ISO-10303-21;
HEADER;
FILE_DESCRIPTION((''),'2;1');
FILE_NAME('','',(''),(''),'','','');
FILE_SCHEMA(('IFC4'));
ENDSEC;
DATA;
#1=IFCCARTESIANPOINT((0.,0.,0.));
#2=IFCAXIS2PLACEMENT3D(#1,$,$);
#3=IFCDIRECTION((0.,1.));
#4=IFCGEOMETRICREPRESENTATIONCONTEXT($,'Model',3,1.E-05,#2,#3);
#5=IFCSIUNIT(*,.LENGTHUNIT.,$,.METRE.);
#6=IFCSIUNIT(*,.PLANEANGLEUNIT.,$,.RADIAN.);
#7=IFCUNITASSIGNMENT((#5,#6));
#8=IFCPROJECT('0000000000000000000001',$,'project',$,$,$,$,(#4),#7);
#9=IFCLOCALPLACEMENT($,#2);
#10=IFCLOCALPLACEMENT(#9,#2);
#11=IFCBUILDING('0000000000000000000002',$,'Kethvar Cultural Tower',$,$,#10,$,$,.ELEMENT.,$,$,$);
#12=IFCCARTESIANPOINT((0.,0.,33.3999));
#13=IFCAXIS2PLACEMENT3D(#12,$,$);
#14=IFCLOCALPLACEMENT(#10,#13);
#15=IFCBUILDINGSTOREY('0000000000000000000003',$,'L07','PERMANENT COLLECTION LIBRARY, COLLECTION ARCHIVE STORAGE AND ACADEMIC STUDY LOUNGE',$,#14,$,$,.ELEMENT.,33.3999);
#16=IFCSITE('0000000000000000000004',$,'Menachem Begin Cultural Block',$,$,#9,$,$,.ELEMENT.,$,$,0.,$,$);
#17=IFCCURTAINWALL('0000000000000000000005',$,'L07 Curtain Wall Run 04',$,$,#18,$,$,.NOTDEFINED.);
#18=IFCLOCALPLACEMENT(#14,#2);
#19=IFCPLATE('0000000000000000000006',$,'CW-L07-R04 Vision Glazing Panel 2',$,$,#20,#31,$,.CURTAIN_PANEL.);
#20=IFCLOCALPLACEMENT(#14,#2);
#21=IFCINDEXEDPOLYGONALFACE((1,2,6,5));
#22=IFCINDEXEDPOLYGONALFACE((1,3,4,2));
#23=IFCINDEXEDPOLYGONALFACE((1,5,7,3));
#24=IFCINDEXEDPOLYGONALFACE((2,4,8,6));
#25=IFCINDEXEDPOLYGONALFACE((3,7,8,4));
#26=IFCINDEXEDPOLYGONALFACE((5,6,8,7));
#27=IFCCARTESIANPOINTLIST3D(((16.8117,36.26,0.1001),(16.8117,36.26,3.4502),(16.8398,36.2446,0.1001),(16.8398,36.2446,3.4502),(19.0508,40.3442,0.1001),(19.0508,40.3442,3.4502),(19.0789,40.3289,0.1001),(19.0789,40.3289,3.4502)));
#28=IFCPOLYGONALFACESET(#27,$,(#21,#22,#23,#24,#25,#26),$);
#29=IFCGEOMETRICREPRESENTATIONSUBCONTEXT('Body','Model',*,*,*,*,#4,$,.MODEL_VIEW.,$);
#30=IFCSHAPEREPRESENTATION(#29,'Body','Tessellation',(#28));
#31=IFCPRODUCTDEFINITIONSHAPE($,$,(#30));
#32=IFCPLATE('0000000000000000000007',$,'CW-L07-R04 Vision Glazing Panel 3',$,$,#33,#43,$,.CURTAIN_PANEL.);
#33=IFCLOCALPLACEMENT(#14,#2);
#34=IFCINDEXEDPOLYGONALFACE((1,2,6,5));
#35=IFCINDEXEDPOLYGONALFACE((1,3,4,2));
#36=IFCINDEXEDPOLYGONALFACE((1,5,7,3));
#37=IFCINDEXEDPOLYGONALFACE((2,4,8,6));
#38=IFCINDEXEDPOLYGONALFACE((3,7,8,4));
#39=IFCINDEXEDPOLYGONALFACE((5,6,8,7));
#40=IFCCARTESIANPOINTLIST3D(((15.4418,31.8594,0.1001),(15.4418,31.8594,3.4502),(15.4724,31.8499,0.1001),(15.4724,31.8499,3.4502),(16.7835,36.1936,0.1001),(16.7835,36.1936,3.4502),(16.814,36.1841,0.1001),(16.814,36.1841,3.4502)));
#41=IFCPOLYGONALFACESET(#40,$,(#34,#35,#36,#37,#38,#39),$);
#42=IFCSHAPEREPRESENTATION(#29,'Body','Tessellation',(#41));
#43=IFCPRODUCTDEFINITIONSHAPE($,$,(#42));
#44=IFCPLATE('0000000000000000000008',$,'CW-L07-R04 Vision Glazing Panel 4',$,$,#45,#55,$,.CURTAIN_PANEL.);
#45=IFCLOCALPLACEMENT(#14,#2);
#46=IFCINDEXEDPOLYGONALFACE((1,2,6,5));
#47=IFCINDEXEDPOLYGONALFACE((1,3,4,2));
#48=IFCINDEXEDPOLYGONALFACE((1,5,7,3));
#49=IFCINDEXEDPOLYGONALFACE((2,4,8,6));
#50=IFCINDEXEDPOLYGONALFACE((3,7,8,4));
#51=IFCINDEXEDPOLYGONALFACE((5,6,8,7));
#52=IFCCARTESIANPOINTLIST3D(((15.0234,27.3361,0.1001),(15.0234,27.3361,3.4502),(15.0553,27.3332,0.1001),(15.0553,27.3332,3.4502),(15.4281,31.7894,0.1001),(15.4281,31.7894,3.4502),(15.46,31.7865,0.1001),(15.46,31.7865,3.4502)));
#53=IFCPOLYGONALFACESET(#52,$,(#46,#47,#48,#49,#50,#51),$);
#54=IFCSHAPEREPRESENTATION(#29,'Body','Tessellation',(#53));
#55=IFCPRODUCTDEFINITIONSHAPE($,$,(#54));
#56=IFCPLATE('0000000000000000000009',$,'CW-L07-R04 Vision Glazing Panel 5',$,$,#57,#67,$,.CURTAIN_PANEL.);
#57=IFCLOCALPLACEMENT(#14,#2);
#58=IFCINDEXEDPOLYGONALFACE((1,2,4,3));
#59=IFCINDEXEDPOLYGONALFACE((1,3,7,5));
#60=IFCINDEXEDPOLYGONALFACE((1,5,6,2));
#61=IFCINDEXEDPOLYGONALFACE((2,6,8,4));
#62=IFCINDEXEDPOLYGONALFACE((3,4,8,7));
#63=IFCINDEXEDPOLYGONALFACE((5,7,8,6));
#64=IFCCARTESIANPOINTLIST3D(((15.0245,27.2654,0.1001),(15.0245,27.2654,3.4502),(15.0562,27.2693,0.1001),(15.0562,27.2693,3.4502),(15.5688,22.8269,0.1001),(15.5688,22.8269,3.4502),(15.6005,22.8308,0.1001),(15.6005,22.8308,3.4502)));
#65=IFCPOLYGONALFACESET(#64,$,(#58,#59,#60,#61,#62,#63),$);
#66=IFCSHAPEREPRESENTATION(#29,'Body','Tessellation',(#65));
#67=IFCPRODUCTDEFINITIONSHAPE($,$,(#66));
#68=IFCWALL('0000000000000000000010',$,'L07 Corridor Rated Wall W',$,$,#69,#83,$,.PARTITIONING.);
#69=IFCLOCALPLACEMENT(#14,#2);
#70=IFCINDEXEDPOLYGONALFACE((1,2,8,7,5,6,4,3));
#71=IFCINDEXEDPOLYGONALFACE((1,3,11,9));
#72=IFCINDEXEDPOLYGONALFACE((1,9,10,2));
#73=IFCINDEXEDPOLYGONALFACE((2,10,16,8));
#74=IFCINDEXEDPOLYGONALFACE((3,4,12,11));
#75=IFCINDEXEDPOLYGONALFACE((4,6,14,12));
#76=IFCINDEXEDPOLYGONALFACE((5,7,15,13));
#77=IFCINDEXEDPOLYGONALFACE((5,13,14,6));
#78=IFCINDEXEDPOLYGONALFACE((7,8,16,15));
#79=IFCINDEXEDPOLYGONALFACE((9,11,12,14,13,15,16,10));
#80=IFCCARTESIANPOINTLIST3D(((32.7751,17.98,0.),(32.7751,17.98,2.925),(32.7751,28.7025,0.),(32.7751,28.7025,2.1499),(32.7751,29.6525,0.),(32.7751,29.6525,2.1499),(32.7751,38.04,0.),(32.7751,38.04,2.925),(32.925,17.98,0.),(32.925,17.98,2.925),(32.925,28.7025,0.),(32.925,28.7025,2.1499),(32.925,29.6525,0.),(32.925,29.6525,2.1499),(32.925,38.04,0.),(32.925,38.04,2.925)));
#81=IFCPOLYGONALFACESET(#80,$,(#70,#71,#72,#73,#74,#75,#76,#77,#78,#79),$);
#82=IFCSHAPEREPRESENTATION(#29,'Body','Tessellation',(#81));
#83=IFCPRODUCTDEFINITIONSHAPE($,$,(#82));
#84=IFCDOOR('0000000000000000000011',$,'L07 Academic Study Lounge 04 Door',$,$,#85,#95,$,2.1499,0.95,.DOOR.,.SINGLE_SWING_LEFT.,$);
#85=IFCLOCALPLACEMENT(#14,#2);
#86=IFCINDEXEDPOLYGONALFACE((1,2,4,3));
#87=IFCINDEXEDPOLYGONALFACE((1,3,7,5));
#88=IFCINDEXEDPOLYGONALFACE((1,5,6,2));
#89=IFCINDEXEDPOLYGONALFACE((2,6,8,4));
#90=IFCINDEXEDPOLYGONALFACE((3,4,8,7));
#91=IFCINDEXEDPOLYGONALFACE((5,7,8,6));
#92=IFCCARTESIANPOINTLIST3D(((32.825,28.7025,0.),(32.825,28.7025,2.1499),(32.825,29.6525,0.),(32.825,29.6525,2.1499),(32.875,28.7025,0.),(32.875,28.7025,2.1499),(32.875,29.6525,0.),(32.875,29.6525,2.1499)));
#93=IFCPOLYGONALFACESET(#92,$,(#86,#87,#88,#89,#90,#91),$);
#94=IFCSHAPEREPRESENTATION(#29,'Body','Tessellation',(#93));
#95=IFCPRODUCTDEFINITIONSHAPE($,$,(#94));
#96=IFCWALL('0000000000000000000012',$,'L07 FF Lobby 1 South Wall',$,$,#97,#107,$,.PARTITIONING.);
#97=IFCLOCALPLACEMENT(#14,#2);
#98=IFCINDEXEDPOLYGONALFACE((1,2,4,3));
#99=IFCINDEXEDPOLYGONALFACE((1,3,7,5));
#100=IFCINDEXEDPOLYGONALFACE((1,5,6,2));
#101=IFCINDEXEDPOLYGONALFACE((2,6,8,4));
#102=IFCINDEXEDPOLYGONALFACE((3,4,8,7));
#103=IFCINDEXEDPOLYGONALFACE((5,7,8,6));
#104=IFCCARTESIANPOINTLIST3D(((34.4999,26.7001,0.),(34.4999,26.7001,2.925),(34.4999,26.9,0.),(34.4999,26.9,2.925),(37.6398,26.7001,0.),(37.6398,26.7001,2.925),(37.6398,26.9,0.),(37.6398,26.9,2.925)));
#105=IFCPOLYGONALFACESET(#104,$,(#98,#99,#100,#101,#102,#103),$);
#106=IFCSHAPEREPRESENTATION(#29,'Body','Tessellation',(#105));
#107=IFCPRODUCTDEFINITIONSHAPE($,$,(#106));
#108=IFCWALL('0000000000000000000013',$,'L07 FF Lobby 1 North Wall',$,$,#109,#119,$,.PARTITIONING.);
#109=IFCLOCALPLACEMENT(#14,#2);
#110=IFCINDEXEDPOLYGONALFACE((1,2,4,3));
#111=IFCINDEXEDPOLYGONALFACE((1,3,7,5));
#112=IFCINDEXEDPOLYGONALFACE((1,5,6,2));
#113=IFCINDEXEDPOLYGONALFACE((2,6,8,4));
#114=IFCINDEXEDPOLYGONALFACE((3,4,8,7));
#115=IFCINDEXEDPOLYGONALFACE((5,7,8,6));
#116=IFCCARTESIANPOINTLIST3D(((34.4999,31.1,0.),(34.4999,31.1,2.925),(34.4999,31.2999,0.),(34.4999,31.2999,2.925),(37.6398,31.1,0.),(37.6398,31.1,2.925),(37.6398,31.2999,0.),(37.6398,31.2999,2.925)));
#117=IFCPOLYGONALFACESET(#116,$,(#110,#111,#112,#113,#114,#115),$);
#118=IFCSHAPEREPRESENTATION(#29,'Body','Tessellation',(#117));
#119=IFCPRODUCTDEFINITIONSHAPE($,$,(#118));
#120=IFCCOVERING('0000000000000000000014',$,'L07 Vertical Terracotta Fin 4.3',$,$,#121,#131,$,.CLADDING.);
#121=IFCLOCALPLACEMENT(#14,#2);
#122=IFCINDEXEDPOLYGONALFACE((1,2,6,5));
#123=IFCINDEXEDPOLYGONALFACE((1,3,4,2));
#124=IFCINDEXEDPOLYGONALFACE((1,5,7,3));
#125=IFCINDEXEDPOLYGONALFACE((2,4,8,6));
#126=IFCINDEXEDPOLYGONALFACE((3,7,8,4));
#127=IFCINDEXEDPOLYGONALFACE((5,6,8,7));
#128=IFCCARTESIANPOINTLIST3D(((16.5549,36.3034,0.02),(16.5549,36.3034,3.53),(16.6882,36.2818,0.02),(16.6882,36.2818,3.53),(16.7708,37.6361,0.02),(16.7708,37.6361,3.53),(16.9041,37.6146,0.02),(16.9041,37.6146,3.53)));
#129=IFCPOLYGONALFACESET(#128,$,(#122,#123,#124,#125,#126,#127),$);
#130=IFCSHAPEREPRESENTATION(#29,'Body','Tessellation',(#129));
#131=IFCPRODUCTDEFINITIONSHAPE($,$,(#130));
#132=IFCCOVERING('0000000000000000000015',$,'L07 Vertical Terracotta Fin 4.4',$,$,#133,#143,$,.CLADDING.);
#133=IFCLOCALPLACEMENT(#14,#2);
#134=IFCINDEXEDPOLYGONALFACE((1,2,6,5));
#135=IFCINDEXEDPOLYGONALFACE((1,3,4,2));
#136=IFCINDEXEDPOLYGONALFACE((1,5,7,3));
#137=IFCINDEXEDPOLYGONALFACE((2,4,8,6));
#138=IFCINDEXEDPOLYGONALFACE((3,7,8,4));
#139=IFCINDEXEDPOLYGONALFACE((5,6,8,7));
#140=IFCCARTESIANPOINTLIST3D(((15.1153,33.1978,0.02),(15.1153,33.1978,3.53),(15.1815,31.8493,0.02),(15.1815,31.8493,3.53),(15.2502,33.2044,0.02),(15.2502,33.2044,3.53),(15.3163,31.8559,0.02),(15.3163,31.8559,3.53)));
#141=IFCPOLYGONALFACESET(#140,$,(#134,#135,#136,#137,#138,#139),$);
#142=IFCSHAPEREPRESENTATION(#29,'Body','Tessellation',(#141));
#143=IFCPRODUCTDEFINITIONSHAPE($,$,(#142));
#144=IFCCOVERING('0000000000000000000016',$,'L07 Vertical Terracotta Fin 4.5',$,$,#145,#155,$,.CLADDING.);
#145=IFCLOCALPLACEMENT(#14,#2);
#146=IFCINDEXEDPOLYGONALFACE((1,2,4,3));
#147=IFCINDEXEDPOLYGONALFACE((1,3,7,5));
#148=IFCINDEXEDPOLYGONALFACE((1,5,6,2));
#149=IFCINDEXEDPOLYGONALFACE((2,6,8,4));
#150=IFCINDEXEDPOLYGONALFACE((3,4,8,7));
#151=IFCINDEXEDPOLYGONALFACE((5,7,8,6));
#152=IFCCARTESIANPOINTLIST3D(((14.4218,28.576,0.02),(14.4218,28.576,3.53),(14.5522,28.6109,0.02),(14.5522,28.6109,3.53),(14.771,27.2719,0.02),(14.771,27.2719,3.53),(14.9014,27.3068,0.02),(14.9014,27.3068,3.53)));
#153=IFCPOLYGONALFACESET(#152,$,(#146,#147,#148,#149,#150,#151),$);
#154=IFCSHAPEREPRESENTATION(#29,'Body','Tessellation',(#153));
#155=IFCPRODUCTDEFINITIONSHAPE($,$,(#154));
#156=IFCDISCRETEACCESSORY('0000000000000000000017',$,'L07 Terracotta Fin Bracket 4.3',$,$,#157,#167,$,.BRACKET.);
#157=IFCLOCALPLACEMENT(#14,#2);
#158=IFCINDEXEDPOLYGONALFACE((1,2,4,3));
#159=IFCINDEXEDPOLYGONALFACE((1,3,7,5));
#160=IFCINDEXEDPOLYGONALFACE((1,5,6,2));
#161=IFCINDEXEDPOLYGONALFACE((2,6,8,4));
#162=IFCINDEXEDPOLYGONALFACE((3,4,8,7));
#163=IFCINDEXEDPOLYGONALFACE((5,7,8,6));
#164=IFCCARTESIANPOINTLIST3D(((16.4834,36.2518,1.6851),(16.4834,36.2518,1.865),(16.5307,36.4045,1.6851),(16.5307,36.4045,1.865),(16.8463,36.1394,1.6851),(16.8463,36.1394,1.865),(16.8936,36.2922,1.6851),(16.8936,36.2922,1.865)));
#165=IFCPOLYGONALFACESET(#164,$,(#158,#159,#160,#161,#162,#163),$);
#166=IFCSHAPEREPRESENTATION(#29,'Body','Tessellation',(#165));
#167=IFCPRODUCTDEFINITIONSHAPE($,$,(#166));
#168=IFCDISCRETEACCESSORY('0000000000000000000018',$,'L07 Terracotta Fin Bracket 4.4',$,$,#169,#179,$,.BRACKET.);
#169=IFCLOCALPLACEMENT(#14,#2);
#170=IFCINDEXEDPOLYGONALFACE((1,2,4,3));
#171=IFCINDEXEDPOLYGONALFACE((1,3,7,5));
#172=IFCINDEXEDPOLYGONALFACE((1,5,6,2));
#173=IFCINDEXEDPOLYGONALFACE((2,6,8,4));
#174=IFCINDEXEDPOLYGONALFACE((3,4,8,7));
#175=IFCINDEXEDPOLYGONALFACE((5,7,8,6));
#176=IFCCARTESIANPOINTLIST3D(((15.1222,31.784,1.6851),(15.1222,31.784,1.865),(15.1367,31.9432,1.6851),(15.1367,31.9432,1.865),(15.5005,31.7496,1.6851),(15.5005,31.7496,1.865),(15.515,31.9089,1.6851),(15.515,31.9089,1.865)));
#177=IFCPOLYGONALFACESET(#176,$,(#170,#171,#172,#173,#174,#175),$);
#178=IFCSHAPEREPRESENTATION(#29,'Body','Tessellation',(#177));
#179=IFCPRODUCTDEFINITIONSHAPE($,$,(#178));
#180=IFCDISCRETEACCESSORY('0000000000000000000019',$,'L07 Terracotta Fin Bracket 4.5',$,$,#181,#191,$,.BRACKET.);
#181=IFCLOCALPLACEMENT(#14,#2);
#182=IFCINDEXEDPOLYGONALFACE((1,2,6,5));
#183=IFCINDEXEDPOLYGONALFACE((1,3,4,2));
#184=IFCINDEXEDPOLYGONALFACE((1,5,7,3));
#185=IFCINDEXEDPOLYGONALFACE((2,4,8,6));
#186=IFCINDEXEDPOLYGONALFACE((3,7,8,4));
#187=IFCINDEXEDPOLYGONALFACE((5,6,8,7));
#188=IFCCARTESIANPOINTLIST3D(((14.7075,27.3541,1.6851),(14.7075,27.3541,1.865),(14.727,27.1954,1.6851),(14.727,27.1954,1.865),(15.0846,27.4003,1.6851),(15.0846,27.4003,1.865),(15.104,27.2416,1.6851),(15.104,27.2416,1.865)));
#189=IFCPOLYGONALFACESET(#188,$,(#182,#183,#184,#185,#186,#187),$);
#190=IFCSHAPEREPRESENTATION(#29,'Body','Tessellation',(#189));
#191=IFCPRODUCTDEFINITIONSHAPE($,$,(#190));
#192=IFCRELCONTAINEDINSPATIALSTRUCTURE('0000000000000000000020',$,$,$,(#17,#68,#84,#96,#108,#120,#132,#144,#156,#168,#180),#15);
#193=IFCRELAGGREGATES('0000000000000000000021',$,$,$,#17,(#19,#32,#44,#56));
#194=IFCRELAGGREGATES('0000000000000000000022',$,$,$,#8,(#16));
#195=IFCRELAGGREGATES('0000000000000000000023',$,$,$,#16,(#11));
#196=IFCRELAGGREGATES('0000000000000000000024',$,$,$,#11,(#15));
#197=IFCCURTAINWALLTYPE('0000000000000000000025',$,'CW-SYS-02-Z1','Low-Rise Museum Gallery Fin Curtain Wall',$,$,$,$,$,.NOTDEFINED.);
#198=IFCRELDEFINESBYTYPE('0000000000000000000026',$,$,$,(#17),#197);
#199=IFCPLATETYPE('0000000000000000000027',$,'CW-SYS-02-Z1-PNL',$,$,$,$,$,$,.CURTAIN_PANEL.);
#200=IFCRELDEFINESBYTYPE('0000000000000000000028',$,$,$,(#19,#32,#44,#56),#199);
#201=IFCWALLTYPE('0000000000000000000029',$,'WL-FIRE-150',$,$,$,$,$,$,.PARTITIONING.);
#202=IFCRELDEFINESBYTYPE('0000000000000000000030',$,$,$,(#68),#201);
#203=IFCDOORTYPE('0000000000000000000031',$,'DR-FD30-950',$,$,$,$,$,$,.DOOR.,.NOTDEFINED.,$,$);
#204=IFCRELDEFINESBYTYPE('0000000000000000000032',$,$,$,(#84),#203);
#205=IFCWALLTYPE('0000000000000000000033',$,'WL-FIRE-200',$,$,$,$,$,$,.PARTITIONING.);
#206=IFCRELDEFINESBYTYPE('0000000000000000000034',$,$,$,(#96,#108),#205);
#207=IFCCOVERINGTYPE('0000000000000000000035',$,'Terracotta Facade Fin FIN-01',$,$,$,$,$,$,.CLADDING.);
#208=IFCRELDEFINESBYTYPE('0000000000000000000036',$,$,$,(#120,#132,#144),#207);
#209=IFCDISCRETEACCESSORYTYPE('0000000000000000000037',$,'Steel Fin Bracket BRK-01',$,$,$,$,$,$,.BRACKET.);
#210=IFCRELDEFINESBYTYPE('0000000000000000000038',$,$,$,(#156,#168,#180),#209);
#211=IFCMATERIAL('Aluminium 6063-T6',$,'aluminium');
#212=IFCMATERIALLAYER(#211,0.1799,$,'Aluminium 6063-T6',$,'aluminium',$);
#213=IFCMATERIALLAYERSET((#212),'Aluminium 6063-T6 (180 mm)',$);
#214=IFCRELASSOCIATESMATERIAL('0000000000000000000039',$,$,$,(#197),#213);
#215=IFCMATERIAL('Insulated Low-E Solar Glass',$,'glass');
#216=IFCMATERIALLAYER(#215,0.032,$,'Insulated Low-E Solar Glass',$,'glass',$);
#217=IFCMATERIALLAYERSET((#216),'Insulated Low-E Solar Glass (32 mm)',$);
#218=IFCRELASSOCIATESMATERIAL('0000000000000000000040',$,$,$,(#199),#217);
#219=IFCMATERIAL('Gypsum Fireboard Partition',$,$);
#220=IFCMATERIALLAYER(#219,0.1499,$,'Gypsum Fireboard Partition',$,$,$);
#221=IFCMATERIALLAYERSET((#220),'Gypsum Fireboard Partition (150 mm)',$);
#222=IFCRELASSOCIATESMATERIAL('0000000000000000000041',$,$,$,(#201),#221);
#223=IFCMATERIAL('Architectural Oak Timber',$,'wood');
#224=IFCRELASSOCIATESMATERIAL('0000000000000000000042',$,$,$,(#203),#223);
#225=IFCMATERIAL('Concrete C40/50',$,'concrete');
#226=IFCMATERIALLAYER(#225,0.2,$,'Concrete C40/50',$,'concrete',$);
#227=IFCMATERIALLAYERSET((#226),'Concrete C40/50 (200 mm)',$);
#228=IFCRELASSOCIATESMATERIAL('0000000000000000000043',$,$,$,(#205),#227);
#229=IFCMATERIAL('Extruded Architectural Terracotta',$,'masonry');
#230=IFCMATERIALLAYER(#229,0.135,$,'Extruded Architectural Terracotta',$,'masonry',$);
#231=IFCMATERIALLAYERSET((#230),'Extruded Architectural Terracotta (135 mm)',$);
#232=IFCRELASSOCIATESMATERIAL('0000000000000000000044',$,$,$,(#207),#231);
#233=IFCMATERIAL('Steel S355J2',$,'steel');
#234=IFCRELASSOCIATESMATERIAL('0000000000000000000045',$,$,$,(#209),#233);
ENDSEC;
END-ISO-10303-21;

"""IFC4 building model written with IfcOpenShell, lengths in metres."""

from ifc_helpers import new_model, si_unit, direction, frame, frame_2d, origin, origin_2d, place, context, subcontext, project, spatial, rectangle, extrude, source, transform, mapped, material, layer, layer_set, type_object, element, fill, aggregate, save


model = new_model("IFC4")

# Units and contexts
model_context = context("Model", 3, precision=1e-05, world=origin(), true_north=direction((0.0, 1.0)))
body_context = subcontext(model_context, "Body", "Model", "MODEL_VIEW")
ifc_project = project(units=[si_unit("LENGTHUNIT", "METRE"), si_unit("PLANEANGLEUNIT", "RADIAN")], contexts=[model_context])

# Site, building, storey
site_placement = place(None, origin())
site = spatial("IfcSite", under=ifc_project, at=site_placement, Name="Menachem Begin Cultural Block", CompositionType="ELEMENT", RefElevation=0.0)
building_placement = place(site_placement, origin())
building = spatial("IfcBuilding", under=site, at=building_placement, Name="Kethvar Cultural Tower", CompositionType="ELEMENT")
storey_placement = place(building_placement, frame((0.0, 0.0, 33.3999)))
storey = spatial("IfcBuildingStorey", under=building, at=storey_placement, Name="L07", Description="PERMANENT COLLECTION LIBRARY, COLLECTION ARCHIVE STORAGE AND ACADEMIC STUDY LOUNGE", CompositionType="ELEMENT", Elevation=33.3999)

# Shared definitions
ifc_material_1 = material(Name="Steel S355J2", Category="steel")

# Curtain wall, plates
ifc_material_2 = material(Name="Aluminium 6063-T6", Category="aluminium")
ifc_layer_1 = layer(ifc_material_2, 0.1799, Name="Aluminium 6063-T6", Category="aluminium")
ifc_layer_set_1 = layer_set([ifc_layer_1], Name="Aluminium 6063-T6 (180 mm)")
curtain_wall_type = type_object("IfcCurtainWallType", Name="CW-SYS-02-Z1", Description="Low-Rise Museum Gallery Fin Curtain Wall", PredefinedType="NOTDEFINED", material=ifc_layer_set_1)
curtain_wall_placement = place(storey_placement, origin())
curtain_wall = element("IfcCurtainWall", 1, at=curtain_wall_placement, inside=storey, type_object=curtain_wall_type, Name="L07 Curtain Wall Run 04", PredefinedType="NOTDEFINED")
ifc_material_3 = material(Name="Insulated Low-E Solar Glass", Category="glass")
ifc_layer_2 = layer(ifc_material_3, 0.032, Name="Insulated Low-E Solar Glass", Category="glass")
ifc_layer_set_2 = layer_set([ifc_layer_2], Name="Insulated Low-E Solar Glass (32 mm)")
plate_type = type_object("IfcPlateType", Name="CW-SYS-02-Z1-PNL", PredefinedType="CURTAIN_PANEL", material=ifc_layer_set_2)
shared_shape_1 = source(origin(), body_context, "Body", "SweptSolid", [
    extrude(rectangle(XDim=4.6577, YDim=0.032, at=origin_2d()), origin(), (0.0, 0.0, 1.0), 3.3501),
])
plate_1_placement = place(storey_placement, frame((17.9453, 38.2944, 0.1001), z_axis=(0.0, 0.0, 1.0), x_axis=(-0.480729, -0.876869, 0.0)))
plate_1 = element("IfcPlate", 2, at=plate_1_placement, type_object=plate_type, Name="CW-L07-R04 Vision Glazing Panel 2", PredefinedType="CURTAIN_PANEL", context=body_context, shape_type="MappedRepresentation", body=[
    mapped(shared_shape_1, transform((0.0, 0.0, 0.0), scale=1.0)),
])
shared_shape_2 = source(origin(), body_context, "Body", "SweptSolid", [
    extrude(rectangle(XDim=4.5371, YDim=0.032, at=origin_2d()), origin(), (0.0, 0.0, 1.0), 3.3501),
])
plate_2_placement = place(storey_placement, frame((16.1279, 34.0217, 0.1001), z_axis=(0.0, 0.0, 1.0), x_axis=(-0.295708, -0.955278, 0.0)))
plate_2 = element("IfcPlate", 3, at=plate_2_placement, type_object=plate_type, Name="CW-L07-R04 Vision Glazing Panel 3", PredefinedType="CURTAIN_PANEL", context=body_context, shape_type="MappedRepresentation", body=[
    mapped(shared_shape_2, transform((0.0, 0.0, 0.0), scale=1.0)),
])
shared_shape_3 = source(origin(), body_context, "Body", "SweptSolid", [
    extrude(rectangle(XDim=4.4717, YDim=0.032, at=origin_2d()), origin(), (0.0, 0.0, 1.0), 3.3501),
])
plate_3_placement = place(storey_placement, frame((15.2417, 29.5613, 0.1001), z_axis=(0.0, 0.0, 1.0), x_axis=(-0.090494, -0.995897, 0.0)))
plate_3 = element("IfcPlate", 4, at=plate_3_placement, type_object=plate_type, Name="CW-L07-R04 Vision Glazing Panel 4", PredefinedType="CURTAIN_PANEL", context=body_context, shape_type="MappedRepresentation", body=[
    mapped(shared_shape_3, transform((0.0, 0.0, 0.0), scale=1.0)),
])
plate_4_placement = place(storey_placement, frame((15.3125, 25.0481, 0.1001), z_axis=(0.0, 0.0, 1.0), x_axis=(0.121731, -0.992563, 0.0)))
plate_4 = element("IfcPlate", 5, at=plate_4_placement, type_object=plate_type, Name="CW-L07-R04 Vision Glazing Panel 5", PredefinedType="CURTAIN_PANEL", context=body_context, shape_type="MappedRepresentation", body=[
    mapped(shared_shape_3, transform((0.0, 0.0, 0.0), scale=1.0)),
])
aggregate(curtain_wall, [plate_1, plate_2, plate_3, plate_4])

# Wall, opening, door
ifc_material_4 = material(Name="Gypsum Fireboard Partition")
ifc_layer_3 = layer(ifc_material_4, 0.1499, Name="Gypsum Fireboard Partition")
ifc_layer_set_3 = layer_set([ifc_layer_3], Name="Gypsum Fireboard Partition (150 mm)")
wall_type_1 = type_object("IfcWallType", Name="WL-FIRE-150", PredefinedType="PARTITIONING", material=ifc_layer_set_3)
wall_1_placement = place(storey_placement, frame((32.8501, 38.04, 0.0), z_axis=(0.0, 0.0, 1.0), x_axis=(0.0, -1.0, 0.0)))
wall_1 = element("IfcWall", 6, at=wall_1_placement, inside=storey, type_object=wall_type_1, Name="L07 Corridor Rated Wall W", PredefinedType="PARTITIONING", context=body_context, shape_type="SweptSolid", body=[
    extrude(rectangle(XDim=20.0601, YDim=0.1499, at=frame_2d((10.03, 0.0))), origin(), (0.0, 0.0, 1.0), 2.925),
])
opening_1_placement = place(wall_1_placement, frame((8.3875, 0.0, 0.0)))
opening_1 = element("IfcOpeningElement", 7, at=opening_1_placement, cuts=wall_1, PredefinedType="OPENING", context=body_context, shape_type="SweptSolid", body=[
    extrude(rectangle(XDim=0.95, YDim=2.1499, at=frame_2d((0.4751, 1.075))), frame((0.0, 0.085, 0.0), z_axis=(0.0, -1.0, 0.0), x_axis=(1.0, 0.0, 0.0)), (0.0, 0.0, 1.0), 0.1699),
])
ifc_material_5 = material(Name="Architectural Oak Timber", Category="wood")
door_type_1 = type_object("IfcDoorType", Name="DR-FD30-950", OperationType="NOTDEFINED", PredefinedType="DOOR", material=ifc_material_5)
shared_shape_4 = source(origin(), body_context, "Body", "SweptSolid", [
    extrude(rectangle(XDim=0.95, YDim=2.1499, at=frame_2d((0.4751, 1.075))), frame((0.0, 0.0249, 0.0), z_axis=(0.0, -1.0, 0.0), x_axis=(1.0, 0.0, 0.0)), (0.0, 0.0, 1.0), 0.05),
])
door_1_placement = place(opening_1_placement, origin())
door_1 = element("IfcDoor", 8, at=door_1_placement, inside=storey, type_object=door_type_1, Name="L07 Academic Study Lounge 04 Door", OperationType="SINGLE_SWING_LEFT", OverallHeight=2.1499, OverallWidth=0.95, PredefinedType="DOOR", context=body_context, shape_type="MappedRepresentation", body=[
    mapped(shared_shape_4, transform((0.0, 0.0, 0.0), scale=1.0)),
])
fill(opening_1, door_1)
ifc_material_6 = material(Name="Concrete C40/50", Category="concrete")
ifc_layer_4 = layer(ifc_material_6, 0.2, Name="Concrete C40/50", Category="concrete")
ifc_layer_set_4 = layer_set([ifc_layer_4], Name="Concrete C40/50 (200 mm)")
wall_type_2 = type_object("IfcWallType", Name="WL-FIRE-200", PredefinedType="PARTITIONING", material=ifc_layer_set_4)

# Walls
for number, where, z_axis, x_axis, name in (
    (9, (34.5, 26.8, 0.0), (0.0, 0.0, 1.0), (1.0, 0.0, 0.0), "L07 FF Lobby 1 South Wall"),
    (10, (34.5, 31.2, 0.0), (0.0, 0.0, 1.0), (1.0, 0.0, 0.0), "L07 FF Lobby 1 North Wall"),
):
    element("IfcWall", number, at=place(storey_placement, frame(where, z_axis=z_axis, x_axis=x_axis)), inside=storey, type_object=wall_type_2, Name=name, PredefinedType="PARTITIONING", context=body_context, shape_type="SweptSolid", body=[
        extrude(rectangle(XDim=3.1399, YDim=0.2, at=frame_2d((1.5698, 0.0))), origin(), (0.0, 0.0, 1.0), 2.925),
    ])

# Coverings
ifc_material_7 = material(Name="Extruded Architectural Terracotta", Category="masonry")
ifc_layer_5 = layer(ifc_material_7, 0.135, Name="Extruded Architectural Terracotta", Category="masonry")
ifc_layer_set_5 = layer_set([ifc_layer_5], Name="Extruded Architectural Terracotta (135 mm)")
covering_type = type_object("IfcCoveringType", Name="Terracotta Facade Fin FIN-01", PredefinedType="CLADDING", material=ifc_layer_set_5)
shared_shape_5 = source(origin(), body_context, "Body", "SweptSolid", [
    extrude(rectangle(XDim=1.3501, YDim=0.135, at=origin_2d()), origin(), (0.0, 0.0, 1.0), 3.51),
])
for number, where, z_axis, x_axis, name in (
    (11, (16.7295, 36.959, 0.02), (0.0, 0.0, 1.0), (0.159881, 0.987136, 0.0), "L07 Vertical Terracotta Fin 4.3"),
    (12, (15.2158, 32.5269, 0.02), (0.0, 0.0, 1.0), (-0.049024, 0.998798, 0.0), "L07 Vertical Terracotta Fin 4.4"),
    (13, (14.6616, 27.9414, 0.02), (0.0, 0.0, 1.0), (-0.25865, 0.965971, 0.0), "L07 Vertical Terracotta Fin 4.5"),
):
    element("IfcCovering", number, at=place(storey_placement, frame(where, z_axis=z_axis, x_axis=x_axis)), inside=storey, type_object=covering_type, Name=name, PredefinedType="CLADDING", context=body_context, shape_type="MappedRepresentation", body=[
        mapped(shared_shape_5, transform((0.0, 0.0, 0.0), scale=1.0)),
    ])

# Discrete accessories
discrete_accessory_type = type_object("IfcDiscreteAccessoryType", Name="Steel Fin Bracket BRK-01", PredefinedType="BRACKET", material=ifc_material_1)
shared_shape_6 = source(origin(), body_context, "Body", "SweptSolid", [
    extrude(rectangle(XDim=0.3799, YDim=0.1599, at=origin_2d()), origin(), (0.0, 0.0, 1.0), 0.1799),
])
for number, where, z_axis, x_axis, name in (
    (14, (16.6885, 36.272, 1.6851), (0.0, 0.0, 1.0), (-0.955278, 0.295708, 0.0), "L07 Terracotta Fin Bracket 4.3"),
    (15, (15.3186, 31.8464, 1.6851), (0.0, 0.0, 1.0), (-0.9959, 0.090459, 0.0), "L07 Terracotta Fin Bracket 4.4"),
    (16, (14.9058, 27.2979, 1.6851), (0.0, 0.0, 1.0), (-0.992567, -0.121696, 0.0), "L07 Terracotta Fin Bracket 4.5"),
):
    element("IfcDiscreteAccessory", number, at=place(storey_placement, frame(where, z_axis=z_axis, x_axis=x_axis)), inside=storey, type_object=discrete_accessory_type, Name=name, PredefinedType="BRACKET", context=body_context, shape_type="MappedRepresentation", body=[
        mapped(shared_shape_6, transform((0.0, 0.0, 0.0), scale=1.0)),
    ])

save(model, "model.ifc")
